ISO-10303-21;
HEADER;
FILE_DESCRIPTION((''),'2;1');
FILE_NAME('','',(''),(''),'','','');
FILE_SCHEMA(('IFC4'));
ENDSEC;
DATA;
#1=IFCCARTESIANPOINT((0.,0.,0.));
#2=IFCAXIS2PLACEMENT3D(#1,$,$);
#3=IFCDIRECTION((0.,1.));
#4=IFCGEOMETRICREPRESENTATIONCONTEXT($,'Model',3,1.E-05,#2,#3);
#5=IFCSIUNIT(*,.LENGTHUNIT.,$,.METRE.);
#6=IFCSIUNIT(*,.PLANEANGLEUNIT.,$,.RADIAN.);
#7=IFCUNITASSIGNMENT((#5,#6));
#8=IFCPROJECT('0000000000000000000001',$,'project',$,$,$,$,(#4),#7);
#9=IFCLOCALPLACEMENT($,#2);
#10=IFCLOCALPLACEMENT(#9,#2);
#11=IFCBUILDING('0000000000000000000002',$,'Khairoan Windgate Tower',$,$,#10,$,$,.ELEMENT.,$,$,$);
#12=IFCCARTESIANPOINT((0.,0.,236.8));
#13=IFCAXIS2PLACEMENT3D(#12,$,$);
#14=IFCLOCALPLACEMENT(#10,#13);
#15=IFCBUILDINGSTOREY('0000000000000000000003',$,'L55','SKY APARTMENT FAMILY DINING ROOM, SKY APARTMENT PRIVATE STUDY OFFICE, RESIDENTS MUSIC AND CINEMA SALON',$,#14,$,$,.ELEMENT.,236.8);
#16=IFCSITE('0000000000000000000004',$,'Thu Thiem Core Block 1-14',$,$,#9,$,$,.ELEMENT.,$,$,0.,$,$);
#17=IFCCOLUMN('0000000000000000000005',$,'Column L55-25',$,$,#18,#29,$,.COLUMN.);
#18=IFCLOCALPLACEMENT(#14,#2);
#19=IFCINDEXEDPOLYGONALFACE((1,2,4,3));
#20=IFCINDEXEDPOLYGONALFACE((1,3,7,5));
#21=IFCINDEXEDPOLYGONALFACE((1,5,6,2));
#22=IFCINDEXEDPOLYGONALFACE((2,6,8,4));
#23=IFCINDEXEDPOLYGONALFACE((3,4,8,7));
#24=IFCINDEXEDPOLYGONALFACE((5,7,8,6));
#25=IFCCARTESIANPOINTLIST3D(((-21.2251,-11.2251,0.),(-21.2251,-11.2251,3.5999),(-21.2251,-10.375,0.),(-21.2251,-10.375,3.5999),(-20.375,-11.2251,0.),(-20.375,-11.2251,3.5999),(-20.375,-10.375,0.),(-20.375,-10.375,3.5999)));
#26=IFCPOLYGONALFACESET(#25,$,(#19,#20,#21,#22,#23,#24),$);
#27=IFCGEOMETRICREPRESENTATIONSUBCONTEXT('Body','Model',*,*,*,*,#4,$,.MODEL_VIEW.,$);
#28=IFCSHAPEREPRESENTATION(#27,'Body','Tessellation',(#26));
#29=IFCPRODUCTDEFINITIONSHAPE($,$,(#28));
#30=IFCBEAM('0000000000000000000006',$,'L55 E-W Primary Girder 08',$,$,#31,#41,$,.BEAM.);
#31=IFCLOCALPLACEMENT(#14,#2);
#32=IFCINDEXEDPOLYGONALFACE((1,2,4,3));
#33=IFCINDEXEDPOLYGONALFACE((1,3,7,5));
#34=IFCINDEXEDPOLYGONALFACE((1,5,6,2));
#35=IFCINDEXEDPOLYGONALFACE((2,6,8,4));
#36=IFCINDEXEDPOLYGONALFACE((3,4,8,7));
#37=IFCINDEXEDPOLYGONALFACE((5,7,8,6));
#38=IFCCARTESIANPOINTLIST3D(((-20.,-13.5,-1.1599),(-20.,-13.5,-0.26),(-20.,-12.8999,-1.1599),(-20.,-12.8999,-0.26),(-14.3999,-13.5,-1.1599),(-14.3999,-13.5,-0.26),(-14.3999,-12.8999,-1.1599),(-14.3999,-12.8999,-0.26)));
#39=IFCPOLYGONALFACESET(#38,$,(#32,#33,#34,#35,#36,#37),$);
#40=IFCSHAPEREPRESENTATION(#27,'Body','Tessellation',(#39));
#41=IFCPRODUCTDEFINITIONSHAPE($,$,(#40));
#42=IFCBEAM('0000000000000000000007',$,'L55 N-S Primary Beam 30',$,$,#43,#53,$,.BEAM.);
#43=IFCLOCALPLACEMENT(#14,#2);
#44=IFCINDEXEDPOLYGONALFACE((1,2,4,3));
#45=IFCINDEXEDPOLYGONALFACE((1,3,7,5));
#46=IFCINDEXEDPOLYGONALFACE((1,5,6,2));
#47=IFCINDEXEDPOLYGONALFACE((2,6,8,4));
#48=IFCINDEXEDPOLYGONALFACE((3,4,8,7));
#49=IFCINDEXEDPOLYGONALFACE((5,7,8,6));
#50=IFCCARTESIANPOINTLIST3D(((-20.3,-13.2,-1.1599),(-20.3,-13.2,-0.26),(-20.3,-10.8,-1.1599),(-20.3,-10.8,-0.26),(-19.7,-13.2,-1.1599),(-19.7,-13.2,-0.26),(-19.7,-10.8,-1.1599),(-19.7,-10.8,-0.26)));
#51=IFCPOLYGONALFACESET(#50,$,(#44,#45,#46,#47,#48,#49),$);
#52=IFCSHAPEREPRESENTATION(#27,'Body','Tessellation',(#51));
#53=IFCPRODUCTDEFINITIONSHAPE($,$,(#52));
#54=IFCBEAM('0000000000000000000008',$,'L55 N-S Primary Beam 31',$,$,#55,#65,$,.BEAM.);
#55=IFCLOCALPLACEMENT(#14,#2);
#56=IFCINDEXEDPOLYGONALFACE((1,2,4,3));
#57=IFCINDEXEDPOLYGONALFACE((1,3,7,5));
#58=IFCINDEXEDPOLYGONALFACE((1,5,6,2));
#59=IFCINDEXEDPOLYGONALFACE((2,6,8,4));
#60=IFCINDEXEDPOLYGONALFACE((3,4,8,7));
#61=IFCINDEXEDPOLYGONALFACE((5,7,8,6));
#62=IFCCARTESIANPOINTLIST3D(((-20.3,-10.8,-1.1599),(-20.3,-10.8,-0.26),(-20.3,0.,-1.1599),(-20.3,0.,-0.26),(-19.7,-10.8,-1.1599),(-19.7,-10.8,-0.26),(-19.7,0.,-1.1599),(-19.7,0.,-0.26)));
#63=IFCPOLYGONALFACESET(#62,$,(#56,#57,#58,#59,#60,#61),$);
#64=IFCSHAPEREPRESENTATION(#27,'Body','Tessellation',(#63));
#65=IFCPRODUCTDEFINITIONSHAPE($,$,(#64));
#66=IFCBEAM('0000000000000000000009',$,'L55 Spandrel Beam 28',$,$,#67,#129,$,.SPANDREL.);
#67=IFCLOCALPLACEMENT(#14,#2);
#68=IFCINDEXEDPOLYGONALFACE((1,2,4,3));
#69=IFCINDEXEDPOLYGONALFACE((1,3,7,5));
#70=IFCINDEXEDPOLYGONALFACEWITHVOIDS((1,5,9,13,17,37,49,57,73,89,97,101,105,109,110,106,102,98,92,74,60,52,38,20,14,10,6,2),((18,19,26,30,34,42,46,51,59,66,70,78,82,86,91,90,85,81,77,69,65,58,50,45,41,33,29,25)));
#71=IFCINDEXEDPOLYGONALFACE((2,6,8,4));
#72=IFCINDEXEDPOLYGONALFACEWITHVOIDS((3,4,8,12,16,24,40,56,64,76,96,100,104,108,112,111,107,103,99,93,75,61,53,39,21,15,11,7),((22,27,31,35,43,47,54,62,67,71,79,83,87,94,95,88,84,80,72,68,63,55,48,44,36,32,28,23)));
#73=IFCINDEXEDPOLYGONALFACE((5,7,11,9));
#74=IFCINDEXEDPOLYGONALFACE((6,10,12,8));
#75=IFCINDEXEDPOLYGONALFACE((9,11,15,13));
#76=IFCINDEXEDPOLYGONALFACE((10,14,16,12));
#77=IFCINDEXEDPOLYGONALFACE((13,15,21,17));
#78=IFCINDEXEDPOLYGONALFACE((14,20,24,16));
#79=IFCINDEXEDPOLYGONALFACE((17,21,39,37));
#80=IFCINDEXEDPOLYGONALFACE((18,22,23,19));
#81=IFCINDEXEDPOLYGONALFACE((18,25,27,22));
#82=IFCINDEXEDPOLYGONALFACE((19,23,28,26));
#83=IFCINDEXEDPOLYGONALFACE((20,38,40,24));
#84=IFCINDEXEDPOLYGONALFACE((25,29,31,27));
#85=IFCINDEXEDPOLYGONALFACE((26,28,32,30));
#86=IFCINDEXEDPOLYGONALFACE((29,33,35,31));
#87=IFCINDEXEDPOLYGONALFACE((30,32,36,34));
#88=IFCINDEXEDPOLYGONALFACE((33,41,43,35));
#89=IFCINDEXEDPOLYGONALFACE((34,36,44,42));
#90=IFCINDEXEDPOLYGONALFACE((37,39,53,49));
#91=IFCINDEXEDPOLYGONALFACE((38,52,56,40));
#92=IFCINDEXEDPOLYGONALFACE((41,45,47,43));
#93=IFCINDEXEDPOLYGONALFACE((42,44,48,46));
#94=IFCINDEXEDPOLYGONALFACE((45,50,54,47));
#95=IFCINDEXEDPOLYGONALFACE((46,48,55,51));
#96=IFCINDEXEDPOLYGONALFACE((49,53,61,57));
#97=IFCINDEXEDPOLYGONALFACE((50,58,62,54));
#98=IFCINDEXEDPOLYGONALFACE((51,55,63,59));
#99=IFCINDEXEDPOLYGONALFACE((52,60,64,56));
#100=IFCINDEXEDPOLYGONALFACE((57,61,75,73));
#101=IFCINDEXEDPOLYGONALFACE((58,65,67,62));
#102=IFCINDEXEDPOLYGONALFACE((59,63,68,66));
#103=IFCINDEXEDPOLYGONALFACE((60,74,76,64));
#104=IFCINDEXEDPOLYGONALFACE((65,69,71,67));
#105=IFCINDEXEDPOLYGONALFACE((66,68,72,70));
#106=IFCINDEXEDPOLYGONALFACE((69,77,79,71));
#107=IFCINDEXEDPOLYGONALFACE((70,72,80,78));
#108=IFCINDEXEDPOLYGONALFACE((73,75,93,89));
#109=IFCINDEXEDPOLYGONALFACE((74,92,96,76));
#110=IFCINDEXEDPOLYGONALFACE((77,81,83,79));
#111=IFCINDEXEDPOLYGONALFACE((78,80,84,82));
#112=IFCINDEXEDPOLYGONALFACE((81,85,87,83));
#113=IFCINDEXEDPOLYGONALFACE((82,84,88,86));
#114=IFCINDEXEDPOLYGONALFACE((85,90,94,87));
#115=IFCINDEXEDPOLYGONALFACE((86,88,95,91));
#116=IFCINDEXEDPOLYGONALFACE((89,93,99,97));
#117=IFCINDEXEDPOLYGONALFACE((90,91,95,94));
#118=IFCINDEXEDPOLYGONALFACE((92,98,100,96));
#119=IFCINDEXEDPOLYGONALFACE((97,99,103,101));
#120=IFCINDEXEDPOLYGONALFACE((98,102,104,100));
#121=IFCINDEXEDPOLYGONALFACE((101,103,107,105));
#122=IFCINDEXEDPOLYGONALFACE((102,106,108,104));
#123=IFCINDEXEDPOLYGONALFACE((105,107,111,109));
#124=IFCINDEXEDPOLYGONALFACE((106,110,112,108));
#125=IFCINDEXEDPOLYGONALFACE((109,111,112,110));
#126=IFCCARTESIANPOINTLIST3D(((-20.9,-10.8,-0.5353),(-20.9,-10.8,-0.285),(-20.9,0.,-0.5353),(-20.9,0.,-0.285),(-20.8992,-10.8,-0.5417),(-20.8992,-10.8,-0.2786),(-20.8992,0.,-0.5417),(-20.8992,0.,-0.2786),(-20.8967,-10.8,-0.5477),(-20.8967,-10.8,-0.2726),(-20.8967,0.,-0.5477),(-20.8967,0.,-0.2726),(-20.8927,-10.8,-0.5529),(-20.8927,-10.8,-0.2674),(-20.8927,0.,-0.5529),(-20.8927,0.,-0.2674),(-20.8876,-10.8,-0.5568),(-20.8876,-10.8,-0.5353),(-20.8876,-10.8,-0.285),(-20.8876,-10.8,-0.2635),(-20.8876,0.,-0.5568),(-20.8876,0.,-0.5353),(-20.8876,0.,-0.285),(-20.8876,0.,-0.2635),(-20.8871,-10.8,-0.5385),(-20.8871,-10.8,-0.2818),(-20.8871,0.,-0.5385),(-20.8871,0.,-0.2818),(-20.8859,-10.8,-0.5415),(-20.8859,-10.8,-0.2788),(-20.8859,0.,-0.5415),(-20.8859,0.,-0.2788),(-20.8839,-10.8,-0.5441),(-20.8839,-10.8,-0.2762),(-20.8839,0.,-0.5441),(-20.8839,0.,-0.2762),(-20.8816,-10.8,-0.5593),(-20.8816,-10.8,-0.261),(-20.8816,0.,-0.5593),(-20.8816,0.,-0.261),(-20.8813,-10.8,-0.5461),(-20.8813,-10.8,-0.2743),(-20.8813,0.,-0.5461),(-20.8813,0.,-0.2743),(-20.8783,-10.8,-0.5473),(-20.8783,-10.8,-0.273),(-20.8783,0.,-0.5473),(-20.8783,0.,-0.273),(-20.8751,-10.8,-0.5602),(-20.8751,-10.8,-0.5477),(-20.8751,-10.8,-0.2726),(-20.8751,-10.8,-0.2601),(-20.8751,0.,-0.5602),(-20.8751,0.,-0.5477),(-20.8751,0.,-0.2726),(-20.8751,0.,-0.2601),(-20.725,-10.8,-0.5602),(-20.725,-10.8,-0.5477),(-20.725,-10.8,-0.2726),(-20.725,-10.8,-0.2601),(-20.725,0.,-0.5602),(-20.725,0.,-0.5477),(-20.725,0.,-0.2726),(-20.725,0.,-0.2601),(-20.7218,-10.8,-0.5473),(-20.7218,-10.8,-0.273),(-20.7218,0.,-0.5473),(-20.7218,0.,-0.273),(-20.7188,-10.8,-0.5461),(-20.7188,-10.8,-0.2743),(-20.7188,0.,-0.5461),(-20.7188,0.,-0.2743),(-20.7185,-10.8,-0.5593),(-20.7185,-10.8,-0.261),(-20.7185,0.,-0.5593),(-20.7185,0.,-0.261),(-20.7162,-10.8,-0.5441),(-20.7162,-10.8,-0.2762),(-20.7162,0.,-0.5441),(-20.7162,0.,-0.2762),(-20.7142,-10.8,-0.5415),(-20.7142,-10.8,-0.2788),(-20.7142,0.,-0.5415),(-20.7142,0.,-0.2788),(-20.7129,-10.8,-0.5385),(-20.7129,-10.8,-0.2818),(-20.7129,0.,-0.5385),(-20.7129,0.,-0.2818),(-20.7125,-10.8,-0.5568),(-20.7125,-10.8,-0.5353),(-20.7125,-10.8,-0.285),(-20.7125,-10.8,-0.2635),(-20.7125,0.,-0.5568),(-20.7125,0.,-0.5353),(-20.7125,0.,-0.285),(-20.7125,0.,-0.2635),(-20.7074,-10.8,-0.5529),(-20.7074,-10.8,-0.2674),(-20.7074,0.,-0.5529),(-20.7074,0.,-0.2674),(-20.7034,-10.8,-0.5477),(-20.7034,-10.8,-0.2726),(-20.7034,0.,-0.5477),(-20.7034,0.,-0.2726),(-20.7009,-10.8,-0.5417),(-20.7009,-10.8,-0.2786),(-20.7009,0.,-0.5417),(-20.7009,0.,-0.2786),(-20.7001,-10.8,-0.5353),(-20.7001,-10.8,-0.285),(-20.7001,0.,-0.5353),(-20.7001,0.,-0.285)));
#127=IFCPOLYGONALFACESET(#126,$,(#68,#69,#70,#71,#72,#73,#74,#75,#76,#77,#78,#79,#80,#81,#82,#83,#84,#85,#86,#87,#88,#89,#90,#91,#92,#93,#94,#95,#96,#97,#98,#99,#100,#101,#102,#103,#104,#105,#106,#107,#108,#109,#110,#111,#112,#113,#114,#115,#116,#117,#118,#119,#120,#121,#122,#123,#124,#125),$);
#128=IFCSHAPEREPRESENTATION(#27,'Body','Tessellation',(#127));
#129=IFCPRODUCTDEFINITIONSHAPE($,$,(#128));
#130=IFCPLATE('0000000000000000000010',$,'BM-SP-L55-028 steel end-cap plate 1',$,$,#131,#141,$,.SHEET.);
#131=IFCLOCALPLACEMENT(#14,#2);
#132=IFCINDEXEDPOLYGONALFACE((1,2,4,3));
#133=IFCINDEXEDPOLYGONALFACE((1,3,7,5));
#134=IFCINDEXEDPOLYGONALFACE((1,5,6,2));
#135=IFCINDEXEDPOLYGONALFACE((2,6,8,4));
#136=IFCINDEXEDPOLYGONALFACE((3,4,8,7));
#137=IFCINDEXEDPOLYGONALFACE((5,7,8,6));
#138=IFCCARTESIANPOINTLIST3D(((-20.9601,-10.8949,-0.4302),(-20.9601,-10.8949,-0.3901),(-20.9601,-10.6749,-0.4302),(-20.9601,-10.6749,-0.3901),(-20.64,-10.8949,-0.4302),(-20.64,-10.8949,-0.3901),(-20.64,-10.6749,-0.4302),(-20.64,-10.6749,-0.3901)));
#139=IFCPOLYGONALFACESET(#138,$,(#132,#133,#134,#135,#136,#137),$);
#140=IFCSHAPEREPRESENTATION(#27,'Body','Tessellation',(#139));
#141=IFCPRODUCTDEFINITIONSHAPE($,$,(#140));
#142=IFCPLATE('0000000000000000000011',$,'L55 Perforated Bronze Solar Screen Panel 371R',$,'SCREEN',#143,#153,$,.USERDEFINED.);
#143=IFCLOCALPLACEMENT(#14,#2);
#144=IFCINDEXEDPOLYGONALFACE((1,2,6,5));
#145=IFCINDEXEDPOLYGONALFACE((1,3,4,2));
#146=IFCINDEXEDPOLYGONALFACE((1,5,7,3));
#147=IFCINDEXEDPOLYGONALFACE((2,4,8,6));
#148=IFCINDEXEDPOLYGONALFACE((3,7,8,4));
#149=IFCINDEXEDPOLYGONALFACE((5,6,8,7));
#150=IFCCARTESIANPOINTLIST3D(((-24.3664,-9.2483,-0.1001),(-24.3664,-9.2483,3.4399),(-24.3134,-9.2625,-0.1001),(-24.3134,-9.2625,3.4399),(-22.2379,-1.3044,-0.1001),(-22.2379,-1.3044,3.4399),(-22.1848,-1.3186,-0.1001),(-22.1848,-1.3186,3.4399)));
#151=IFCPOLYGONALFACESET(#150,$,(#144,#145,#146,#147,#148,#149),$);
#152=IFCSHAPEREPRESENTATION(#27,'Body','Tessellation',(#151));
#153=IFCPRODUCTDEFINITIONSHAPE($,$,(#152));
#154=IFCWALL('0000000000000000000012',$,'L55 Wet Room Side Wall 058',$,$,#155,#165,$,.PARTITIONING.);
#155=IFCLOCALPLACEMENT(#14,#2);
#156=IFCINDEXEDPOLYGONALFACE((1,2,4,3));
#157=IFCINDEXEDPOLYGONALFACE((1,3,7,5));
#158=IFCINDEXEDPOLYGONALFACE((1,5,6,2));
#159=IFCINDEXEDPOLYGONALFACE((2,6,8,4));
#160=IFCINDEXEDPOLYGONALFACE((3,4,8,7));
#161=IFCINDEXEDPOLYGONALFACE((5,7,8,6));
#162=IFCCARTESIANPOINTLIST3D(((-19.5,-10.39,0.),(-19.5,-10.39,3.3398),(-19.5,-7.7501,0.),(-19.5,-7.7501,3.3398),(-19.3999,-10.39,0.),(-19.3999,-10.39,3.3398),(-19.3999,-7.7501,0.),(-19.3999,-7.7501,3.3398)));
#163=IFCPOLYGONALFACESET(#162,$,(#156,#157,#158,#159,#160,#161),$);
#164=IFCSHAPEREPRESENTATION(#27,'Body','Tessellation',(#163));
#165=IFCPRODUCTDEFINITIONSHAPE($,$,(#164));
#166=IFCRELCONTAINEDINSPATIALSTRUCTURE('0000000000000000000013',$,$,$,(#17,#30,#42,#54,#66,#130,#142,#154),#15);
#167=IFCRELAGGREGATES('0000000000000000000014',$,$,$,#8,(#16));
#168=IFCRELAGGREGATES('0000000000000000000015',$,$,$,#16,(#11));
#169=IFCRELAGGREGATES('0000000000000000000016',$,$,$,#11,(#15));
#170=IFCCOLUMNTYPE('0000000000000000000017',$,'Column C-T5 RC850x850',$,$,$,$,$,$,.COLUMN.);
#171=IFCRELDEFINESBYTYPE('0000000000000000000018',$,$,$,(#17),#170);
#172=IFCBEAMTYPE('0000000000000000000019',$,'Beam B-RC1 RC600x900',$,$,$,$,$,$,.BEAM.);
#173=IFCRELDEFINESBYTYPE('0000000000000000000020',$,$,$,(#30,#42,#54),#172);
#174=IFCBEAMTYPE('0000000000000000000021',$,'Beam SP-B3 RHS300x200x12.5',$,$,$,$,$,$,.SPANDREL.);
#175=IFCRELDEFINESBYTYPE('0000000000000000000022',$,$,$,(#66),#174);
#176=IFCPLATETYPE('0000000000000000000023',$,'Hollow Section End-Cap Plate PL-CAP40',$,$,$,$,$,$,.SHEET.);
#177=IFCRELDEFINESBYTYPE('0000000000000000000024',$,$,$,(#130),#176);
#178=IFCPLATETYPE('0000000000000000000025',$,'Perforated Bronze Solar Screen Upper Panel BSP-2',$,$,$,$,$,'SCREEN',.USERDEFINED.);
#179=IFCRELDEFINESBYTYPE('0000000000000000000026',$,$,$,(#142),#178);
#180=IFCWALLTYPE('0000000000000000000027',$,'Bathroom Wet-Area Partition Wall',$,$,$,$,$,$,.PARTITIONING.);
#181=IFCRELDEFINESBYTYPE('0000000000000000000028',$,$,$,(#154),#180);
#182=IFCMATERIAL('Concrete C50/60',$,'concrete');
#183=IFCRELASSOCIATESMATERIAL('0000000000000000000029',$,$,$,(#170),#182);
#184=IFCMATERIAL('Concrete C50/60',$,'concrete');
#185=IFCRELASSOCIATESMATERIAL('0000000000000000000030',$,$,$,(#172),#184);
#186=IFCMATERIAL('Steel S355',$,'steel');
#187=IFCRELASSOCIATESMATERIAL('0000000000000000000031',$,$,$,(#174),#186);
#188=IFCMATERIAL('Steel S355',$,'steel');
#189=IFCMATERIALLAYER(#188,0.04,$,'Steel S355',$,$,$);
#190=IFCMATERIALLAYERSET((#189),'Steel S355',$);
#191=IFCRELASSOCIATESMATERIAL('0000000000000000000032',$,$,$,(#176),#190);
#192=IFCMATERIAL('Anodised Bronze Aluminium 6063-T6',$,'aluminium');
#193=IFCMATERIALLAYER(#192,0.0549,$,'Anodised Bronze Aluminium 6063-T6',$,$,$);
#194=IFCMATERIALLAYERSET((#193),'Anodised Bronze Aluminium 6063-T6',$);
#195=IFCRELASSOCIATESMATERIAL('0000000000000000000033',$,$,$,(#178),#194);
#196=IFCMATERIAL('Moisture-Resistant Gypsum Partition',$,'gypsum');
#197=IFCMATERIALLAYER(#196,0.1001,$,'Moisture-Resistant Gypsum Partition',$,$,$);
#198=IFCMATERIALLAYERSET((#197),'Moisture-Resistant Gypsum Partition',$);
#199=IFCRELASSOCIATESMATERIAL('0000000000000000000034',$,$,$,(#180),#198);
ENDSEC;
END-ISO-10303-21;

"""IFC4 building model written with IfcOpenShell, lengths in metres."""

from ifc_helpers import new_model, si_unit, direction, frame, frame_2d, origin, origin_2d, place, context, subcontext, project, spatial, rectangle, hollow_rectangle, extrude, material, layer, layer_set, material_profile, profile_set, type_object, element, save


model = new_model("IFC4")

# Units and contexts
model_context = context("Model", 3, precision=1e-05, world=origin(), true_north=direction((0.0, 1.0)))
body_context = subcontext(model_context, "Body", "Model", "MODEL_VIEW")
ifc_project = project(units=[si_unit("LENGTHUNIT", "METRE"), si_unit("PLANEANGLEUNIT", "RADIAN")], contexts=[model_context])

# Site, building, storey
site_placement = place(None, origin())
site = spatial("IfcSite", under=ifc_project, at=site_placement, Name="Thu Thiem Core Block 1-14", CompositionType="ELEMENT", RefElevation=0.0)
building_placement = place(site_placement, origin())
building = spatial("IfcBuilding", under=site, at=building_placement, Name="Khairoan Windgate Tower", CompositionType="ELEMENT")
storey_placement = place(building_placement, frame((0.0, 0.0, 236.8)))
storey = spatial("IfcBuildingStorey", under=building, at=storey_placement, Name="L55", Description="SKY APARTMENT FAMILY DINING ROOM, SKY APARTMENT PRIVATE STUDY OFFICE, RESIDENTS MUSIC AND CINEMA SALON", CompositionType="ELEMENT", Elevation=236.8)

# Column
ifc_material_1 = material(Name="Concrete C50/60", Category="concrete")
ifc_material_profile_1 = material_profile(ifc_material_1, rectangle(XDim=0.8501, YDim=0.8501, at=origin_2d()))
ifc_profile_set_1 = profile_set([ifc_material_profile_1], Name="Concrete C50/60")
column_type = type_object("IfcColumnType", Name="Column C-T5 RC850x850", PredefinedType="COLUMN", material=ifc_profile_set_1)
column_placement = place(storey_placement, frame((-20.8, -10.8, 0.0), z_axis=(0.0, 0.0, 1.0), x_axis=(1.0, 0.0, 0.0)))
element("IfcColumn", 1, at=column_placement, inside=storey, type_object=column_type, Name="Column L55-25", PredefinedType="COLUMN", context=body_context, shape_type="SweptSolid", body=[
    extrude(rectangle(XDim=0.8501, YDim=0.8501, at=origin_2d()), origin(), (0.0, 0.0, 1.0), 3.5999),
])

# Beams
ifc_material_2 = material(Name="Concrete C50/60", Category="concrete")
ifc_material_profile_2 = material_profile(ifc_material_2, rectangle(XDim=0.6001, YDim=0.8999, at=origin_2d()))
ifc_profile_set_2 = profile_set([ifc_material_profile_2], Name="Concrete C50/60")
beam_type_1 = type_object("IfcBeamType", Name="Beam B-RC1 RC600x900", PredefinedType="BEAM", material=ifc_profile_set_2)
beam_1_placement = place(storey_placement, frame((-20.0, -13.2, -0.71), z_axis=(1.0, 0.0, 0.0), x_axis=(0.0, 1.0, 0.0)))
element("IfcBeam", 2, at=beam_1_placement, inside=storey, type_object=beam_type_1, Name="L55 E-W Primary Girder 08", PredefinedType="BEAM", context=body_context, shape_type="SweptSolid", body=[
    extrude(rectangle(XDim=0.6001, YDim=0.8999, at=origin_2d()), origin(), (0.0, 0.0, 1.0), 5.6001),
])
beam_2_placement = place(storey_placement, frame((-20.0, -13.2, -0.71), z_axis=(0.0, 1.0, 0.0), x_axis=(-1.0, 0.0, 0.0)))
element("IfcBeam", 3, at=beam_2_placement, inside=storey, type_object=beam_type_1, Name="L55 N-S Primary Beam 30", PredefinedType="BEAM", context=body_context, shape_type="SweptSolid", body=[
    extrude(rectangle(XDim=0.6001, YDim=0.8999, at=origin_2d()), origin(), (0.0, 0.0, 1.0), 2.3999),
])
beam_3_placement = place(storey_placement, frame((-20.0, -10.8, -0.71), z_axis=(0.0, 1.0, 0.0), x_axis=(-1.0, 0.0, 0.0)))
element("IfcBeam", 4, at=beam_3_placement, inside=storey, type_object=beam_type_1, Name="L55 N-S Primary Beam 31", PredefinedType="BEAM", context=body_context, shape_type="SweptSolid", body=[
    extrude(rectangle(XDim=0.6001, YDim=0.8999, at=origin_2d()), origin(), (0.0, 0.0, 1.0), 10.8),
])
ifc_material_3 = material(Name="Steel S355", Category="steel")
ifc_material_profile_3 = material_profile(ifc_material_3, hollow_rectangle(XDim=0.2, YDim=0.3, WallThickness=0.0125, InnerFilletRadius=0.0125, OuterFilletRadius=0.0249, at=origin_2d()))
ifc_profile_set_3 = profile_set([ifc_material_profile_3], Name="Steel S355")
beam_type_2 = type_object("IfcBeamType", Name="Beam SP-B3 RHS300x200x12.5", PredefinedType="SPANDREL", material=ifc_profile_set_3)
beam_4_placement = place(storey_placement, frame((-20.8, -10.8, -0.4102), z_axis=(0.0, 1.0, 0.0), x_axis=(-1.0, 0.0, 0.0)))
element("IfcBeam", 5, at=beam_4_placement, inside=storey, type_object=beam_type_2, Name="L55 Spandrel Beam 28", PredefinedType="SPANDREL", context=body_context, shape_type="SweptSolid", body=[
    extrude(hollow_rectangle(XDim=0.2, YDim=0.3, WallThickness=0.0125, InnerFilletRadius=0.0125, OuterFilletRadius=0.0249, at=origin_2d()), origin(), (0.0, 0.0, 1.0), 10.8),
])

# Plates
ifc_material_4 = material(Name="Steel S355", Category="steel")
ifc_layer_1 = layer(ifc_material_4, 0.04, Name="Steel S355")
ifc_layer_set_1 = layer_set([ifc_layer_1], Name="Steel S355")
plate_type_1 = type_object("IfcPlateType", Name="Hollow Section End-Cap Plate PL-CAP40", PredefinedType="SHEET", material=ifc_layer_set_1)
plate_1_placement = place(storey_placement, frame((-20.8, -10.7849, -0.4302), z_axis=(0.0, 0.0, 1.0), x_axis=(0.0, 1.0, 0.0)))
element("IfcPlate", 6, at=plate_1_placement, inside=storey, type_object=plate_type_1, Name="BM-SP-L55-028 steel end-cap plate 1", PredefinedType="SHEET", context=body_context, shape_type="SweptSolid", body=[
    extrude(rectangle(XDim=0.22, YDim=0.3201, at=origin_2d()), origin(), (0.0, 0.0, 1.0), 0.04),
])
ifc_material_5 = material(Name="Anodised Bronze Aluminium 6063-T6", Category="aluminium")
ifc_layer_2 = layer(ifc_material_5, 0.0549, Name="Anodised Bronze Aluminium 6063-T6")
ifc_layer_set_2 = layer_set([ifc_layer_2], Name="Anodised Bronze Aluminium 6063-T6")
plate_type_2 = type_object("IfcPlateType", Name="Perforated Bronze Solar Screen Upper Panel BSP-2", ElementType="SCREEN", PredefinedType="USERDEFINED", material=ifc_layer_set_2)
plate_2_placement = place(storey_placement, frame((-23.2756, -5.2834, -0.1001), z_axis=(0.0, 0.0, 1.0), x_axis=(0.258819, 0.965926, 0.0)))
element("IfcPlate", 7, at=plate_2_placement, inside=storey, type_object=plate_type_2, Name="L55 Perforated Bronze Solar Screen Panel 371R", ObjectType="SCREEN", PredefinedType="USERDEFINED", context=body_context, shape_type="SweptSolid", body=[
    extrude(rectangle(XDim=8.2241, YDim=0.0549, at=origin_2d()), origin(), (0.0, 0.0, 1.0), 3.54),
])

# Wall
ifc_material_6 = material(Name="Moisture-Resistant Gypsum Partition", Category="gypsum")
ifc_layer_3 = layer(ifc_material_6, 0.1001, Name="Moisture-Resistant Gypsum Partition")
ifc_layer_set_3 = layer_set([ifc_layer_3], Name="Moisture-Resistant Gypsum Partition")
wall_type_1 = type_object("IfcWallType", Name="Bathroom Wet-Area Partition Wall", PredefinedType="PARTITIONING", material=ifc_layer_set_3)
wall_1_placement = place(storey_placement, frame((-19.45, -10.3899, 0.0), z_axis=(0.0, 0.0, 1.0), x_axis=(0.0, 1.0, 0.0)))
element("IfcWall", 8, at=wall_1_placement, inside=storey, type_object=wall_type_1, Name="L55 Wet Room Side Wall 058", PredefinedType="PARTITIONING", context=body_context, shape_type="SweptSolid", body=[
    extrude(rectangle(XDim=2.6399, YDim=0.1001, at=frame_2d((1.3198, 0.0))), origin(), (0.0, 0.0, 1.0), 3.3398),
])

save(model, "model.ifc")
